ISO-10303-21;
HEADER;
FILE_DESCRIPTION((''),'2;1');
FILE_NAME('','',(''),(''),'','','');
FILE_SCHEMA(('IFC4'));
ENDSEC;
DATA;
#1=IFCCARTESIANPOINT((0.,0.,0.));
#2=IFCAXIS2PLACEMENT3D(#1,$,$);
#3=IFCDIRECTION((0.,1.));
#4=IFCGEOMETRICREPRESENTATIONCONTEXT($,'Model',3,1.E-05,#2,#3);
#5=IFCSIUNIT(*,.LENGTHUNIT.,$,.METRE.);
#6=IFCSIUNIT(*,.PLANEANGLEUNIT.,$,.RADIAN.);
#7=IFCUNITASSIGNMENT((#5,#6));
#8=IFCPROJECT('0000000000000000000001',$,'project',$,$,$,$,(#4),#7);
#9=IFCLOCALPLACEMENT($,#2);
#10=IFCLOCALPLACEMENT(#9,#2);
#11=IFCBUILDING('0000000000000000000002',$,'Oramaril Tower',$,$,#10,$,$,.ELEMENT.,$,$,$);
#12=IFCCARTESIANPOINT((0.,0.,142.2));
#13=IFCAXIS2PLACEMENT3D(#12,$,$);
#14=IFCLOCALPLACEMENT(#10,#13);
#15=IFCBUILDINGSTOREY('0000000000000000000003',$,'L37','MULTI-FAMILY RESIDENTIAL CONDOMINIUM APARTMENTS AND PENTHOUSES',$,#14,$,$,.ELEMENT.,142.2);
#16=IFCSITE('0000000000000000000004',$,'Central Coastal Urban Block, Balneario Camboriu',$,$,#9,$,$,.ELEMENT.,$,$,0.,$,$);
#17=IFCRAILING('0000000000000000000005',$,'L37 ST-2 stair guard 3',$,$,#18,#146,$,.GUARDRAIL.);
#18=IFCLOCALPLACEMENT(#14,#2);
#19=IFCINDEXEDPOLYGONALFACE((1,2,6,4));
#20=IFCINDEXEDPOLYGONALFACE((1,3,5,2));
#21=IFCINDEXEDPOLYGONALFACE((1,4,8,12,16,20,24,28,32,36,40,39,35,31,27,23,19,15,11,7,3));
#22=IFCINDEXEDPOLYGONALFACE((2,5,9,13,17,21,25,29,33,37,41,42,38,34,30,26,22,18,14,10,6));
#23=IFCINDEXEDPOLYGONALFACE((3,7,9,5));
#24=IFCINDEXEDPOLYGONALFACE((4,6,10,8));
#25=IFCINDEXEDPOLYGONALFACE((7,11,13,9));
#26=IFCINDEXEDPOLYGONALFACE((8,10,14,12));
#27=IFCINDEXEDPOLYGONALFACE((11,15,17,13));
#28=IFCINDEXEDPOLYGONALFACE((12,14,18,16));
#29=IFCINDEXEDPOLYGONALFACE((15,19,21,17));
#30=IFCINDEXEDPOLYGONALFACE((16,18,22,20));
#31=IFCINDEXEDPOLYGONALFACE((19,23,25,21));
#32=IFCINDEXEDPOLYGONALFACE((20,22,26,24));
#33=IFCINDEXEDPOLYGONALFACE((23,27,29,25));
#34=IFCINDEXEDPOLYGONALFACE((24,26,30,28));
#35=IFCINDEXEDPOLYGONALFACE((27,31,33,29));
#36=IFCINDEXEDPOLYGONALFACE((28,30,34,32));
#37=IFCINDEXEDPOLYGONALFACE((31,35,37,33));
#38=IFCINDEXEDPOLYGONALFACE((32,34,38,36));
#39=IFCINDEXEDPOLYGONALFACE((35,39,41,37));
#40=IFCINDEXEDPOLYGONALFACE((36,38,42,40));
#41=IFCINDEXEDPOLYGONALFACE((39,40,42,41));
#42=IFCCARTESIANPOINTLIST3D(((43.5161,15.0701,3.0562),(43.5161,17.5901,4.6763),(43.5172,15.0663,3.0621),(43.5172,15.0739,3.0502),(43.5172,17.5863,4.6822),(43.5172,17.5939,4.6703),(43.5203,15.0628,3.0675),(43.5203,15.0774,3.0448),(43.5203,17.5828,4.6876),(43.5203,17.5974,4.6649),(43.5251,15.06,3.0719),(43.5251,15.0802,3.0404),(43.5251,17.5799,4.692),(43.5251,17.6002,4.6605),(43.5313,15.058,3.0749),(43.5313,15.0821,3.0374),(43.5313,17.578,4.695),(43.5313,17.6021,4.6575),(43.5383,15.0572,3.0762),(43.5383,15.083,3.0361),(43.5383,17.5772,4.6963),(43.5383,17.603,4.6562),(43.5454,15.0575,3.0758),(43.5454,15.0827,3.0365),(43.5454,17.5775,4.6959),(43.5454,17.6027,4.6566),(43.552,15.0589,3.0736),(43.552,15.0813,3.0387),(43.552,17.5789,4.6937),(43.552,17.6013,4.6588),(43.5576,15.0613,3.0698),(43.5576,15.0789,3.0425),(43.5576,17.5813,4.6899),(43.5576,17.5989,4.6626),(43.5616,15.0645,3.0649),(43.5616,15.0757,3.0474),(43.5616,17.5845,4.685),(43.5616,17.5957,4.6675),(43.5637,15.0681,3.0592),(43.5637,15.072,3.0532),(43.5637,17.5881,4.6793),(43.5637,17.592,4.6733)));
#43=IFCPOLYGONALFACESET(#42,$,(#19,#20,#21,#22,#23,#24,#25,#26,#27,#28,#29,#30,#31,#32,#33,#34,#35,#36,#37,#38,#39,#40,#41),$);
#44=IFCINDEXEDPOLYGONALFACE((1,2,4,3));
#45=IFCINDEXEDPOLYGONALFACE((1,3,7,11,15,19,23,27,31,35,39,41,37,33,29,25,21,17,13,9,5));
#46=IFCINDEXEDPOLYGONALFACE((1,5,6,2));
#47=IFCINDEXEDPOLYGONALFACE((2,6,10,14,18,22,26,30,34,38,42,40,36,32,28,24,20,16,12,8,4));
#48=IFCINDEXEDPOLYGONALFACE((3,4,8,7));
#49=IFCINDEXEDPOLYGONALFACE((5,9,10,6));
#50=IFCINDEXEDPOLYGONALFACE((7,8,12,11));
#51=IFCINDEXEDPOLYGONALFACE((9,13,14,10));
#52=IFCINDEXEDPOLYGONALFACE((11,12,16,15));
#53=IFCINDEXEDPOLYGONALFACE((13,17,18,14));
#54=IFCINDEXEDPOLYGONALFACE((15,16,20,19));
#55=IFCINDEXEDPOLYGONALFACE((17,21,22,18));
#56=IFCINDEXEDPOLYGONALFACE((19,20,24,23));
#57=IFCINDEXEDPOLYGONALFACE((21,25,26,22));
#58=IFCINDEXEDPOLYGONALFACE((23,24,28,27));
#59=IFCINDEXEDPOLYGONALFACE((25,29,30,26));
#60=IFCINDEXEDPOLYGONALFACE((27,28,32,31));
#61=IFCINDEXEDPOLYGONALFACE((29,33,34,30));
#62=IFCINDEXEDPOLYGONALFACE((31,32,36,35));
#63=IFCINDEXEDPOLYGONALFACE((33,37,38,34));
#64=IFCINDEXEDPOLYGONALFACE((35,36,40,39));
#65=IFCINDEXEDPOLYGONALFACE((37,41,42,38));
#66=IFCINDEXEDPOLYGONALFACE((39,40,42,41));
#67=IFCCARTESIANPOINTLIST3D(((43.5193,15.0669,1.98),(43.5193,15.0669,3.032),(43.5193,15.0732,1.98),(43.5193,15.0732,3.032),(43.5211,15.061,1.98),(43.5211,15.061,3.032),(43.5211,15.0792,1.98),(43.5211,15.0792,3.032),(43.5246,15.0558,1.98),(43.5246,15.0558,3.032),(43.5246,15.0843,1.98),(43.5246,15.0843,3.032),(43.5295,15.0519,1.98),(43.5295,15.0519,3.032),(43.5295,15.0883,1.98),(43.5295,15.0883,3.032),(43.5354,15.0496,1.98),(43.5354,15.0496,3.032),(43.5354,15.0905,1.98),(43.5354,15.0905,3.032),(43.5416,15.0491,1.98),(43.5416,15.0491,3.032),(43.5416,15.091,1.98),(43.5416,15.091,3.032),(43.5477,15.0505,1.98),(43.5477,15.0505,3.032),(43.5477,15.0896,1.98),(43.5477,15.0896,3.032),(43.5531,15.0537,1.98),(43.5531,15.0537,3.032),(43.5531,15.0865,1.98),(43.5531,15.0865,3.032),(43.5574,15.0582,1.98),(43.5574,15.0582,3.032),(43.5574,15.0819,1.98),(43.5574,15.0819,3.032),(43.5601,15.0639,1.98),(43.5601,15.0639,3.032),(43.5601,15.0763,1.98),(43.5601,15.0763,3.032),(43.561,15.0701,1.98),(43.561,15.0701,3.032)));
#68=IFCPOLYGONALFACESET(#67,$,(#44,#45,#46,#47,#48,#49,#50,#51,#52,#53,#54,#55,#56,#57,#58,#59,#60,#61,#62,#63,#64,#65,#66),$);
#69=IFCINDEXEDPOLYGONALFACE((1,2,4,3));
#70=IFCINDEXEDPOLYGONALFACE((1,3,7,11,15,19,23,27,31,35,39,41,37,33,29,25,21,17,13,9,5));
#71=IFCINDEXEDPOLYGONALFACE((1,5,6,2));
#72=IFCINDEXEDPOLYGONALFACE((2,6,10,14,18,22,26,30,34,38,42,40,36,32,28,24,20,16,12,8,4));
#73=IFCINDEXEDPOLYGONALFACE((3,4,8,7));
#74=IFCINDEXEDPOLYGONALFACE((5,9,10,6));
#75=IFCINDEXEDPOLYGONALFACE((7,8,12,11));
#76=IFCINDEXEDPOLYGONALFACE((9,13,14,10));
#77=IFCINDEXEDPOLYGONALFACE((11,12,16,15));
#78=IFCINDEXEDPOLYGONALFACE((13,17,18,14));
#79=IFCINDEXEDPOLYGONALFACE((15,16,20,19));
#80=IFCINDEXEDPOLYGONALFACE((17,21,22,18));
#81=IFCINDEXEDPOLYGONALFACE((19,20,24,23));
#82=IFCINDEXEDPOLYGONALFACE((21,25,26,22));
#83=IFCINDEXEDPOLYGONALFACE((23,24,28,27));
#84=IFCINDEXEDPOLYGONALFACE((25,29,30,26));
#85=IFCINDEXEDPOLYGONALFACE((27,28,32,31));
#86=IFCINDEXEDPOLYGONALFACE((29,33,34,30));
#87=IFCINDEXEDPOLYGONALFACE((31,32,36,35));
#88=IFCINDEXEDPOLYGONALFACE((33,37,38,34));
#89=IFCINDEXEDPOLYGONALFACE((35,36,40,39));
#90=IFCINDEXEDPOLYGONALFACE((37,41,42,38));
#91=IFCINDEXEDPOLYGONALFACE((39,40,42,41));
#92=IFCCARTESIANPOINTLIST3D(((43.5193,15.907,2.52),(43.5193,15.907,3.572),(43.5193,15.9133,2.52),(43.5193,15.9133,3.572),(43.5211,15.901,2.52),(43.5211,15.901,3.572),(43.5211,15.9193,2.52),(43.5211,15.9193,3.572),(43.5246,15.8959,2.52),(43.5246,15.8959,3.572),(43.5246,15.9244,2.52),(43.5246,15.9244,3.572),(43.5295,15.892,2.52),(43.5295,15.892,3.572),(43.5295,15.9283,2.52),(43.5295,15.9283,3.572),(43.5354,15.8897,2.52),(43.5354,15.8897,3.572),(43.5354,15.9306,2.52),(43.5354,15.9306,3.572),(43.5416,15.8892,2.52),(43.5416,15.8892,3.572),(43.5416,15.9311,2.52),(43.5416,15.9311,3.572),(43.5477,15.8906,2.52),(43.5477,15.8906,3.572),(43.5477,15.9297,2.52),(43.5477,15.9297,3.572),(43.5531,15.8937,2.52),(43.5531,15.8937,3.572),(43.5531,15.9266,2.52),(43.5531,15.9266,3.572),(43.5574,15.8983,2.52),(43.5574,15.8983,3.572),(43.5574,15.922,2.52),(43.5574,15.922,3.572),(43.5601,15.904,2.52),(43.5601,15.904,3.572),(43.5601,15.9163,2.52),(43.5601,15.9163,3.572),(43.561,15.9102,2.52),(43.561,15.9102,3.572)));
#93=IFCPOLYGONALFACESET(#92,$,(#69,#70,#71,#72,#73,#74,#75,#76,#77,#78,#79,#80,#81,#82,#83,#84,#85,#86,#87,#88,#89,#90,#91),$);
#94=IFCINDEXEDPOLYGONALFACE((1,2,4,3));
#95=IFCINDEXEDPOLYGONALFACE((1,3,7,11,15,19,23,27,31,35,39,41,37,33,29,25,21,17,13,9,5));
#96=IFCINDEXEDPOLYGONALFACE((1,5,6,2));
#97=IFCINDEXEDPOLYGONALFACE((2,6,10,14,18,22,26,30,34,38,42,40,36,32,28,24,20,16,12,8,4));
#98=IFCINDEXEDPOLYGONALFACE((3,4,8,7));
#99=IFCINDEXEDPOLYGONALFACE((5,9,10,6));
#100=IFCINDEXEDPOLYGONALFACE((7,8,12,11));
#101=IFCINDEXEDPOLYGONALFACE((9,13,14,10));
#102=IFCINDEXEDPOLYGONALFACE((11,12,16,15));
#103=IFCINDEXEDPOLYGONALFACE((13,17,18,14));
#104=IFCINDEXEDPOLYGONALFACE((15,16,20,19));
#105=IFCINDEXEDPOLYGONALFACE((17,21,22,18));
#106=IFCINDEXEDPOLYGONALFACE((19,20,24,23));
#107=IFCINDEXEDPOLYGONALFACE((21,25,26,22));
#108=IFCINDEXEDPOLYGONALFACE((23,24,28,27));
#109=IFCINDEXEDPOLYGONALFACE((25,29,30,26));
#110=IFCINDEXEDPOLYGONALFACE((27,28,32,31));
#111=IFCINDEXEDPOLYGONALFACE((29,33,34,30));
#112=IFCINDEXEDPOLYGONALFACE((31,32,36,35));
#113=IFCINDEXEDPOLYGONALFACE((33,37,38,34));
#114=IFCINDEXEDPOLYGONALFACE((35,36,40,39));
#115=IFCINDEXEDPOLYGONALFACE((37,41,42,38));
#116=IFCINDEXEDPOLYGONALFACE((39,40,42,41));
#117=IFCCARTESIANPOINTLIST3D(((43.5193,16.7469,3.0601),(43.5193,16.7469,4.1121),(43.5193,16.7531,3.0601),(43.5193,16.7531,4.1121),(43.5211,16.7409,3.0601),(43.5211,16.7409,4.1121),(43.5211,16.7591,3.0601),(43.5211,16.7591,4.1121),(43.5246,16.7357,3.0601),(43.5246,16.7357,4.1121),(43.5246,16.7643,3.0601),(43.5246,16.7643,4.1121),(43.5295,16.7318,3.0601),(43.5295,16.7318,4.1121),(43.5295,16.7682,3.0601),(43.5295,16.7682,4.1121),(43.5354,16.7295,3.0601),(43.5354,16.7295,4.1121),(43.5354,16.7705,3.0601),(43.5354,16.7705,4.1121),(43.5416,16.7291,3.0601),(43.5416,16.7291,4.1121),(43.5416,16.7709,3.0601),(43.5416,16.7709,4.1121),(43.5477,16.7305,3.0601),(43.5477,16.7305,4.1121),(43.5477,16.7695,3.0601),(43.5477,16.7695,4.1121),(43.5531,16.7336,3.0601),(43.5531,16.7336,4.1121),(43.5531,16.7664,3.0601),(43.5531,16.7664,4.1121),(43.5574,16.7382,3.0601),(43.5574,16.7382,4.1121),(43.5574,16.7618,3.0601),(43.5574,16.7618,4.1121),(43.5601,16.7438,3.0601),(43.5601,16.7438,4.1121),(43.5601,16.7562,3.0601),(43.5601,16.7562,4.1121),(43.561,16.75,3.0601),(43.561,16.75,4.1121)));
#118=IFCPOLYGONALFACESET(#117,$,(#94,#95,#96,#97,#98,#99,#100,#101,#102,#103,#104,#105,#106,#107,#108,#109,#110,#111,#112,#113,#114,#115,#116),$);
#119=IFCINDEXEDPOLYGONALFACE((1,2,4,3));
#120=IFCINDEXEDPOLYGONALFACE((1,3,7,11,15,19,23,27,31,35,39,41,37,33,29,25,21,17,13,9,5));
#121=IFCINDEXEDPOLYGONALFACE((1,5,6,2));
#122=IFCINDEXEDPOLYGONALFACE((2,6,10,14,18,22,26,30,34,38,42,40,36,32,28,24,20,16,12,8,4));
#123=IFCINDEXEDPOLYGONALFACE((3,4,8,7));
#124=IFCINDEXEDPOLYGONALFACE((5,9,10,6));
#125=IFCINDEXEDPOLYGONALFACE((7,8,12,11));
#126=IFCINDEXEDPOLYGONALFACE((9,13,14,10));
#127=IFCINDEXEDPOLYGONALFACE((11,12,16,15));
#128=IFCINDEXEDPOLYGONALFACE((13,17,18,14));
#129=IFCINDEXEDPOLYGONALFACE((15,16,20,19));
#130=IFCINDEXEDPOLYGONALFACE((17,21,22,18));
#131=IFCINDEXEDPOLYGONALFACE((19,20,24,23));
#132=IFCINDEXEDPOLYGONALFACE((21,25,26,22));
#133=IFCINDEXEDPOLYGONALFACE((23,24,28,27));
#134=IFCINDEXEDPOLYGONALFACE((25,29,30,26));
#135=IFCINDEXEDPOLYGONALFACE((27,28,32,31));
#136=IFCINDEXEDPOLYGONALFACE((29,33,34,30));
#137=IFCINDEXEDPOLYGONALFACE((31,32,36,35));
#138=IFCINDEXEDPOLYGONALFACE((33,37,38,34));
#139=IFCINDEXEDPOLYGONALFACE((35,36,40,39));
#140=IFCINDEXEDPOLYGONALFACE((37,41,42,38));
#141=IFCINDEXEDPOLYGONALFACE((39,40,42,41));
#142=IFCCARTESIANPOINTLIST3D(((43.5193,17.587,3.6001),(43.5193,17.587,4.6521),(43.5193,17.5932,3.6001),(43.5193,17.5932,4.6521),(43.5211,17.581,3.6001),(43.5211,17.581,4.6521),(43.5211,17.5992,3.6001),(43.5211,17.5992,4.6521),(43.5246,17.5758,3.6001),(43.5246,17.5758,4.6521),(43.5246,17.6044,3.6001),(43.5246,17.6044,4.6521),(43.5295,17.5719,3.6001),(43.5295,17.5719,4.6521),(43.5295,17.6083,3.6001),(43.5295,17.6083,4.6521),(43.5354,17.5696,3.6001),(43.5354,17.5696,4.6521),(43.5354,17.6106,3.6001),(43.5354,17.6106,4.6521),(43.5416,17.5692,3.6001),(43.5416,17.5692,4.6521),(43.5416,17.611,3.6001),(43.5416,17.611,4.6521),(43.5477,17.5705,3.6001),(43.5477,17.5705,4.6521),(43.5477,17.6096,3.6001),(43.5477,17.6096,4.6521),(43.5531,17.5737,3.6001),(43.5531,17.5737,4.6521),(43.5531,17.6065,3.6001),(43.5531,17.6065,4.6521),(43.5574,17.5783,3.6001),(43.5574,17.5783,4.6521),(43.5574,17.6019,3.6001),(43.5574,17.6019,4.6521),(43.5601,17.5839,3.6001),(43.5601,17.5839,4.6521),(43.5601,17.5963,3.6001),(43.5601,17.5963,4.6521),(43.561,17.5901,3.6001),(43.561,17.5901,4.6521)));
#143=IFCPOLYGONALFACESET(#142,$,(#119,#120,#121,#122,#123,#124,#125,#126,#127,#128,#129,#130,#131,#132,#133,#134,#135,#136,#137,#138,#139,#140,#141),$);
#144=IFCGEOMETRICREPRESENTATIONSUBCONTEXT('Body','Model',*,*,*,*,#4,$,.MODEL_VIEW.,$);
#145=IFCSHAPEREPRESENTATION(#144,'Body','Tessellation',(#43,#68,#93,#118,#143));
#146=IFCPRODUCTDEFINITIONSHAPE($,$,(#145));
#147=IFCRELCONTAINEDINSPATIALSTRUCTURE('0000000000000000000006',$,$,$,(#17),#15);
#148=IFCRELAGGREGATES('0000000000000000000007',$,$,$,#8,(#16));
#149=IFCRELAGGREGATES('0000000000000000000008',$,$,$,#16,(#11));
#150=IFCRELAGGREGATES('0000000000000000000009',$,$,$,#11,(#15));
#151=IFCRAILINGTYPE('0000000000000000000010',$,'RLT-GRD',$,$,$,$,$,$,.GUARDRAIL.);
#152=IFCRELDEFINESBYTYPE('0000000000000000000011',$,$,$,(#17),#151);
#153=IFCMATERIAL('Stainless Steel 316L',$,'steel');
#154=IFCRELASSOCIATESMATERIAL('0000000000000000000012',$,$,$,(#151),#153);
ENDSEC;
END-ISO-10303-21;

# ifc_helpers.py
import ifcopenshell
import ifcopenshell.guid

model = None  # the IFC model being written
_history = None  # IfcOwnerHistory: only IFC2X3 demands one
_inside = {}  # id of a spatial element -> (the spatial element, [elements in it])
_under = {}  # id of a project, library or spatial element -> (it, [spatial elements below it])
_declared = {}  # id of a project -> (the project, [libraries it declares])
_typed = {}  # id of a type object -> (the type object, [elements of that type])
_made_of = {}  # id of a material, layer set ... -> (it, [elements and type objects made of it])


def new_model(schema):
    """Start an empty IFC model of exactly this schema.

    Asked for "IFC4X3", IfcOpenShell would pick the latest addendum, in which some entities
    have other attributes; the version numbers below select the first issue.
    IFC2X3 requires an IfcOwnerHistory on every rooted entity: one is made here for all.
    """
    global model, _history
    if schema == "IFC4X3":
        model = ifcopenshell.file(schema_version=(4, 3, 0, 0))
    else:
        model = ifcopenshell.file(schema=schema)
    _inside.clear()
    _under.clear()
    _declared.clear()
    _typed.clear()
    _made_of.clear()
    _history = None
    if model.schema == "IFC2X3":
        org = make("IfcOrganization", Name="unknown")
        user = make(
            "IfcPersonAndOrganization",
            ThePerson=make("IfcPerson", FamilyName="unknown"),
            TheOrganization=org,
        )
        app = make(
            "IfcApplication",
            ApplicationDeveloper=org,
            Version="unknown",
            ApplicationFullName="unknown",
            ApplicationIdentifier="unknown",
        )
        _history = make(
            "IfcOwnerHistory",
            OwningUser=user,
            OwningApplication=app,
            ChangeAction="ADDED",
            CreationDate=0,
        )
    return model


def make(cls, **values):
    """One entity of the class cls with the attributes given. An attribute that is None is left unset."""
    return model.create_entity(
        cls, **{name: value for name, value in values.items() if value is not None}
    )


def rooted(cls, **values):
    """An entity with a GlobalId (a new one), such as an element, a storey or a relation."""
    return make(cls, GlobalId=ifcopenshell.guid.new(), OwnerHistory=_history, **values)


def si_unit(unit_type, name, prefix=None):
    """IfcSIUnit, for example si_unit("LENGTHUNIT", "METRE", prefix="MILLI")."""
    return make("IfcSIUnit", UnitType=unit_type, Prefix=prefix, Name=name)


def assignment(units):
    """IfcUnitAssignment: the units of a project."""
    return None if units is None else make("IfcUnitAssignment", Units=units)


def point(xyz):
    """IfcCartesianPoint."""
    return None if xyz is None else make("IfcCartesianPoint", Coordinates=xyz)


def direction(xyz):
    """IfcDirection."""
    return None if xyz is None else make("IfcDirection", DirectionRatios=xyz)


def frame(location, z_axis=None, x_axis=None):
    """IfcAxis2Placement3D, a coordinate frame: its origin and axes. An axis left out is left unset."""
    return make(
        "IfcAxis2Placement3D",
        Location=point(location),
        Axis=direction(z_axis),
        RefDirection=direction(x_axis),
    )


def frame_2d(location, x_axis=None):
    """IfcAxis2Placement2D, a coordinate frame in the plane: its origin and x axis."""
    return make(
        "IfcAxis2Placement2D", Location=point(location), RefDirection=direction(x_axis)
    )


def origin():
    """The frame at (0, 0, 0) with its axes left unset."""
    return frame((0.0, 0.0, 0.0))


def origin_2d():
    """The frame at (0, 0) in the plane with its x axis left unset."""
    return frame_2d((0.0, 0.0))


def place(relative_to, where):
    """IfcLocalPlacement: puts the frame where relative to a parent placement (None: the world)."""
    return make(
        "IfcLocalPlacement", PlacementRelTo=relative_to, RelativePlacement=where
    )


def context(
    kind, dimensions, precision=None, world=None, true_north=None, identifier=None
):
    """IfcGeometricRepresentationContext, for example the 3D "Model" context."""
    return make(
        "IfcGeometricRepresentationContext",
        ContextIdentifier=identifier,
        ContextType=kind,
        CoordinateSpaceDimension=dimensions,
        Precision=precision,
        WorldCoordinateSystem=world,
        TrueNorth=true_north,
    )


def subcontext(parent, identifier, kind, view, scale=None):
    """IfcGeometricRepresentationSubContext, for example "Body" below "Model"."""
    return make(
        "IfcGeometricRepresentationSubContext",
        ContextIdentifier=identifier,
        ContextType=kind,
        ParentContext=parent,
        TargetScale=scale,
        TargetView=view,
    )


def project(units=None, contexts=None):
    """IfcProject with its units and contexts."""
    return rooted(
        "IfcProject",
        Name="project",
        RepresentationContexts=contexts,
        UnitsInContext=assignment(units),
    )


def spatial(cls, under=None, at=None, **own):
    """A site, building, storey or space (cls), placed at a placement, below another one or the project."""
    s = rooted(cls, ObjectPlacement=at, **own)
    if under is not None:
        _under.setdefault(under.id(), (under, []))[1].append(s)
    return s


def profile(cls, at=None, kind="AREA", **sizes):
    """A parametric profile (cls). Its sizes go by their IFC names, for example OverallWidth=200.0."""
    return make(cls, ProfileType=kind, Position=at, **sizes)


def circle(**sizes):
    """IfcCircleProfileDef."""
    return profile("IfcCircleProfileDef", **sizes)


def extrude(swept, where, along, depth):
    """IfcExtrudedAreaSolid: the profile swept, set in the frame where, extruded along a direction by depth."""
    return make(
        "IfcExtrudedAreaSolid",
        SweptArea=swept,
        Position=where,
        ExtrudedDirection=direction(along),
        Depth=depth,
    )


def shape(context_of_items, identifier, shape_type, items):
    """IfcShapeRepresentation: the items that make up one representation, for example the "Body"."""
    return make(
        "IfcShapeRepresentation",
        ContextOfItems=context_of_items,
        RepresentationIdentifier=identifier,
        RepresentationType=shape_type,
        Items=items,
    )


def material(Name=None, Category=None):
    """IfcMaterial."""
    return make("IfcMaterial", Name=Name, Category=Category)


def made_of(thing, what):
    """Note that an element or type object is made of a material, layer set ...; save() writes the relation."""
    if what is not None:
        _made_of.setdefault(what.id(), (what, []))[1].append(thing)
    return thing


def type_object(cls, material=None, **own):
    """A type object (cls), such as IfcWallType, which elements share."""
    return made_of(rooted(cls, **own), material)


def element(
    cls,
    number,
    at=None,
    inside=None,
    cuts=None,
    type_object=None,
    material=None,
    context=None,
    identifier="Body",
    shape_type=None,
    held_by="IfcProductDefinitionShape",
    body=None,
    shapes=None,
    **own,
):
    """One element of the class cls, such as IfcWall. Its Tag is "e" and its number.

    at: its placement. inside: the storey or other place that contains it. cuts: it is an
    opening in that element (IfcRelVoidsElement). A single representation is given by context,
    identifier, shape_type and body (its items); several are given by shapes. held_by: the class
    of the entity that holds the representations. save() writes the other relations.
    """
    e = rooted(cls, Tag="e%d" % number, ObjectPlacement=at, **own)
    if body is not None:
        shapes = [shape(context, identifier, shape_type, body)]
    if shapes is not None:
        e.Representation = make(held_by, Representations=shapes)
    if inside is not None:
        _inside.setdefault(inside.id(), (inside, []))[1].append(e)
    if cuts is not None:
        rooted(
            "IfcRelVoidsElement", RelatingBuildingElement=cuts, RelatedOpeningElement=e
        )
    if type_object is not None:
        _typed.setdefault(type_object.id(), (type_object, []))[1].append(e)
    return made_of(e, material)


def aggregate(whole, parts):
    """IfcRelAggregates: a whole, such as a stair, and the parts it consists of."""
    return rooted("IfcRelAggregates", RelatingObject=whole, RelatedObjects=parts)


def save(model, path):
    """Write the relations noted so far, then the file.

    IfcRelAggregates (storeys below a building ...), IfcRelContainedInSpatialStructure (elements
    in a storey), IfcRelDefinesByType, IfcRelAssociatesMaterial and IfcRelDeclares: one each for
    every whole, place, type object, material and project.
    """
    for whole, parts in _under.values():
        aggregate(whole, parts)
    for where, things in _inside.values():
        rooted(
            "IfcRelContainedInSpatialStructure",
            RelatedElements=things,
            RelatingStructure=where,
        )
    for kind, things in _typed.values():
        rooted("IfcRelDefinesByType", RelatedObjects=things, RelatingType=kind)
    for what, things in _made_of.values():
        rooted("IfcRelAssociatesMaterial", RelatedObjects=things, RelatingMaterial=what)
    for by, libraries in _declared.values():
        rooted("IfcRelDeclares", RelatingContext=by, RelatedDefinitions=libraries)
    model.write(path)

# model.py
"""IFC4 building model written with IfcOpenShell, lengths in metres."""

from ifc_helpers import new_model, si_unit, direction, frame, origin, origin_2d, place, context, subcontext, project, spatial, circle, extrude, material, type_object, element, save


model = new_model("IFC4")

# Units and contexts
model_context = context("Model", 3, precision=1e-05, world=origin(), true_north=direction((0.0, 1.0)))
body_context = subcontext(model_context, "Body", "Model", "MODEL_VIEW")
ifc_project = project(units=[si_unit("LENGTHUNIT", "METRE"), si_unit("PLANEANGLEUNIT", "RADIAN")], contexts=[model_context])

# Site, building, storey
site_placement = place(None, origin())
site = spatial("IfcSite", under=ifc_project, at=site_placement, Name="Central Coastal Urban Block, Balneario Camboriu", CompositionType="ELEMENT", RefElevation=0.0)
building_placement = place(site_placement, origin())
building = spatial("IfcBuilding", under=site, at=building_placement, Name="Oramaril Tower", CompositionType="ELEMENT")
storey_placement = place(building_placement, frame((0.0, 0.0, 142.2)))
storey = spatial("IfcBuildingStorey", under=building, at=storey_placement, Name="L37", Description="MULTI-FAMILY RESIDENTIAL CONDOMINIUM APARTMENTS AND PENTHOUSES", CompositionType="ELEMENT", Elevation=142.2)

# Railing
ifc_material_1 = material(Name="Stainless Steel 316L", Category="steel")
railing_type_1 = type_object("IfcRailingType", Name="RLT-GRD", PredefinedType="GUARDRAIL", material=ifc_material_1)
railing_1_placement = place(storey_placement, frame((43.54, 15.0701, 1.98)))
element("IfcRailing", 1, at=railing_1_placement, inside=storey, type_object=railing_type_1, Name="L37 ST-2 stair guard 3", PredefinedType="GUARDRAIL", context=body_context, shape_type="SweptSolid", body=[
    extrude(circle(Radius=0.0239, at=origin_2d()), frame((0.0, 0.0, 1.0762), z_axis=(0.0, 0.841163, 0.540782), x_axis=(-1.0, 0.0, 0.0)), (0.0, 0.0, 1.0), 2.9958),
    extrude(circle(Radius=0.021, at=origin_2d()), origin(), (0.0, 0.0, 1.0), 1.052),
    extrude(circle(Radius=0.021, at=origin_2d()), frame((0.0, 0.8401, 0.54)), (0.0, 0.0, 1.0), 1.052),
    extrude(circle(Radius=0.021, at=origin_2d()), frame((0.0, 1.6799, 1.0801)), (0.0, 0.0, 1.0), 1.052),
    extrude(circle(Radius=0.021, at=origin_2d()), frame((0.0, 2.52, 1.6201)), (0.0, 0.0, 1.0), 1.052),
])

save(model, "model.ifc")
